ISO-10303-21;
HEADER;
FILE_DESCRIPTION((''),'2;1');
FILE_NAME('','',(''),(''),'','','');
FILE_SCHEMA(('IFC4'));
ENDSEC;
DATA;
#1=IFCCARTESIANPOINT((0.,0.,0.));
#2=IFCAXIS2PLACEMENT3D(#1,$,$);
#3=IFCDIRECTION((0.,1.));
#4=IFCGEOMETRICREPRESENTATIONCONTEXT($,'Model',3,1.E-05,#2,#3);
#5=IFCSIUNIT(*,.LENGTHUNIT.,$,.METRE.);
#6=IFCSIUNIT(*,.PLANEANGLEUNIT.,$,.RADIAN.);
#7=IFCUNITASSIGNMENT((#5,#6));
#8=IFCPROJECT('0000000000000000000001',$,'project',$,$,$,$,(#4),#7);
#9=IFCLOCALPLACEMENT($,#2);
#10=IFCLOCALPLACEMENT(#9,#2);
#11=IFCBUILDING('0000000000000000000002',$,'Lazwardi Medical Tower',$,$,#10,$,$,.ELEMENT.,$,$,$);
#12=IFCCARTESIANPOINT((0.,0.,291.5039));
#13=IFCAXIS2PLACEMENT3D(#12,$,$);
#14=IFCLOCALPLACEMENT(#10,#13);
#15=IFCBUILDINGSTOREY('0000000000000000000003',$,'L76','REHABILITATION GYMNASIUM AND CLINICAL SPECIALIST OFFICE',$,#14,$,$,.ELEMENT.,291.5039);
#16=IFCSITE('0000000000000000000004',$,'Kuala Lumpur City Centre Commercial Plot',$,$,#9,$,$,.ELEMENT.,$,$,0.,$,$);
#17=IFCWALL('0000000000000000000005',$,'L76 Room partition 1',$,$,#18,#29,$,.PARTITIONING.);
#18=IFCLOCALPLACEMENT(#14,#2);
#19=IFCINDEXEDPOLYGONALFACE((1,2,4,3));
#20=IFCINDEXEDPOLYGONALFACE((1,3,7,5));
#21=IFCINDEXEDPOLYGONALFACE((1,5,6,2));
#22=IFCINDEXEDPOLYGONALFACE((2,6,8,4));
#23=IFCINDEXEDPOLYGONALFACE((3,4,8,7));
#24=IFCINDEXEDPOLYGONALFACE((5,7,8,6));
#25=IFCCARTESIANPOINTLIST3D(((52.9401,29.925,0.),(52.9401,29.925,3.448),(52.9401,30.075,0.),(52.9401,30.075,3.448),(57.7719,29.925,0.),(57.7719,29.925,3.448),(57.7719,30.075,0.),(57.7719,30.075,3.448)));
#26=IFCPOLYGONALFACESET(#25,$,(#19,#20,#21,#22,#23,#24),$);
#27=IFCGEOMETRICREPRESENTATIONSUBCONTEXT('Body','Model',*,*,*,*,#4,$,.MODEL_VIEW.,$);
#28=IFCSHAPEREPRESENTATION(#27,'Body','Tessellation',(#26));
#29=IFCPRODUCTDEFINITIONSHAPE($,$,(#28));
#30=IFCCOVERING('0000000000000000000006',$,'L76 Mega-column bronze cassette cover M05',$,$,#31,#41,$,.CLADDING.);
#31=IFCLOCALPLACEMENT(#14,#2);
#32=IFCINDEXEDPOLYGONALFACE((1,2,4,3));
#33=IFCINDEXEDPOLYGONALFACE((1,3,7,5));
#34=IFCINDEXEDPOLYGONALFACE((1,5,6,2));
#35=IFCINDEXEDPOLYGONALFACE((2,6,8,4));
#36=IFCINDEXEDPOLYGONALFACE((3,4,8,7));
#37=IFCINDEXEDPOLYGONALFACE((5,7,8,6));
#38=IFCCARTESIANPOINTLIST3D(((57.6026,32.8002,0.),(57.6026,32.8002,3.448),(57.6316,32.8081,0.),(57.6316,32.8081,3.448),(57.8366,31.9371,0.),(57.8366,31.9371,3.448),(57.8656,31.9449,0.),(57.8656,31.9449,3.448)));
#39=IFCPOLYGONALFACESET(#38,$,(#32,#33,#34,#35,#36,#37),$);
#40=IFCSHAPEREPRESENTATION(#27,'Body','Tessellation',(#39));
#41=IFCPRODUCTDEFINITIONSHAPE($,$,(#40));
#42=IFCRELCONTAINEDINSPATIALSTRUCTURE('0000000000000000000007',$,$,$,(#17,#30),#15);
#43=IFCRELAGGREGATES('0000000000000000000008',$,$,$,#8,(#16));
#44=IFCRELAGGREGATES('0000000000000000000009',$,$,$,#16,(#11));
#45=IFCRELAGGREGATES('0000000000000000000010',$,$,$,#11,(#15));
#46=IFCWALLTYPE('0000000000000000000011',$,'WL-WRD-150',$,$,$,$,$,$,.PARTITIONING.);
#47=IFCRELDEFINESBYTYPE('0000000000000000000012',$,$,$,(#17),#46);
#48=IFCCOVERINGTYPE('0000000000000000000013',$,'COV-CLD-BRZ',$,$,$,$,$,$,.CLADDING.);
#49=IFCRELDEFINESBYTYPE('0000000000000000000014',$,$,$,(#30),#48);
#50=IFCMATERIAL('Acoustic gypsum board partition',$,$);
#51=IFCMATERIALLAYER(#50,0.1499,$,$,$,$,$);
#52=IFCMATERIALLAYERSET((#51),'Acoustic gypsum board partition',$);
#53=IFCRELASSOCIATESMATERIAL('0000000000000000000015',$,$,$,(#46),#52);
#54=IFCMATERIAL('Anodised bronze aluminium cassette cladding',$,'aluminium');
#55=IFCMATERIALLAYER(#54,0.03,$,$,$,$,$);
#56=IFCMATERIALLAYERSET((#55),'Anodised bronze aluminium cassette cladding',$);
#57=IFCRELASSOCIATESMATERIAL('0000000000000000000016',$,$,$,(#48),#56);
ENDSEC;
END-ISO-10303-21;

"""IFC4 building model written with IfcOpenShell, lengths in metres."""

from ifc_helpers import new_model, si_unit, direction, frame, frame_2d, origin, origin_2d, place, context, subcontext, project, spatial, rectangle, extrude, material, layer, layer_set, type_object, element, save


model = new_model("IFC4")

# Units and contexts
model_context = context("Model", 3, precision=1e-05, world=origin(), true_north=direction((0.0, 1.0)))
body_context = subcontext(model_context, "Body", "Model", "MODEL_VIEW")
ifc_project = project(units=[si_unit("LENGTHUNIT", "METRE"), si_unit("PLANEANGLEUNIT", "RADIAN")], contexts=[model_context])

# Site, building, storey
site_placement = place(None, origin())
site = spatial("IfcSite", under=ifc_project, at=site_placement, Name="Kuala Lumpur City Centre Commercial Plot", CompositionType="ELEMENT", RefElevation=0.0)
building_placement = place(site_placement, origin())
building = spatial("IfcBuilding", under=site, at=building_placement, Name="Lazwardi Medical Tower", CompositionType="ELEMENT")
storey_placement = place(building_placement, frame((0.0, 0.0, 291.5039)))
storey = spatial("IfcBuildingStorey", under=building, at=storey_placement, Name="L76", Description="REHABILITATION GYMNASIUM AND CLINICAL SPECIALIST OFFICE", CompositionType="ELEMENT", Elevation=291.5039)

# Wall
ifc_material_1 = material(Name="Acoustic gypsum board partition")
ifc_layer_1 = layer(ifc_material_1, 0.1499)
ifc_layer_set_1 = layer_set([ifc_layer_1], Name="Acoustic gypsum board partition")
wall_type_1 = type_object("IfcWallType", Name="WL-WRD-150", PredefinedType="PARTITIONING", material=ifc_layer_set_1)
wall_1_placement = place(storey_placement, frame((52.9399, 30.0, 0.0), z_axis=(0.0, 0.0, 1.0), x_axis=(1.0, 0.0, 0.0)))
element("IfcWall", 1, at=wall_1_placement, inside=storey, type_object=wall_type_1, Name="L76 Room partition 1", PredefinedType="PARTITIONING", context=body_context, shape_type="SweptSolid", body=[
    extrude(rectangle(XDim=4.8318, YDim=0.1499, at=frame_2d((2.416, 0.0))), origin(), (0.0, 0.0, 1.0), 3.448),
])

# Covering
ifc_material_2 = material(Name="Anodised bronze aluminium cassette cladding", Category="aluminium")
ifc_layer_2 = layer(ifc_material_2, 0.03)
ifc_layer_set_2 = layer_set([ifc_layer_2], Name="Anodised bronze aluminium cassette cladding")
covering_type = type_object("IfcCoveringType", Name="COV-CLD-BRZ", PredefinedType="CLADDING", material=ifc_layer_set_2)
covering_placement = place(storey_placement, frame((57.7341, 32.3726, 0.0), z_axis=(0.0, 0.0, 1.0), x_axis=(-0.261642, 0.965165, 0.0)))
element("IfcCovering", 2, at=covering_placement, inside=storey, type_object=covering_type, Name="L76 Mega-column bronze cassette cover M05", PredefinedType="CLADDING", context=body_context, shape_type="SweptSolid", body=[
    extrude(rectangle(XDim=0.8943, YDim=0.03, at=origin_2d()), origin(), (0.0, 0.0, 1.0), 3.448),
])

save(model, "model.ifc")
